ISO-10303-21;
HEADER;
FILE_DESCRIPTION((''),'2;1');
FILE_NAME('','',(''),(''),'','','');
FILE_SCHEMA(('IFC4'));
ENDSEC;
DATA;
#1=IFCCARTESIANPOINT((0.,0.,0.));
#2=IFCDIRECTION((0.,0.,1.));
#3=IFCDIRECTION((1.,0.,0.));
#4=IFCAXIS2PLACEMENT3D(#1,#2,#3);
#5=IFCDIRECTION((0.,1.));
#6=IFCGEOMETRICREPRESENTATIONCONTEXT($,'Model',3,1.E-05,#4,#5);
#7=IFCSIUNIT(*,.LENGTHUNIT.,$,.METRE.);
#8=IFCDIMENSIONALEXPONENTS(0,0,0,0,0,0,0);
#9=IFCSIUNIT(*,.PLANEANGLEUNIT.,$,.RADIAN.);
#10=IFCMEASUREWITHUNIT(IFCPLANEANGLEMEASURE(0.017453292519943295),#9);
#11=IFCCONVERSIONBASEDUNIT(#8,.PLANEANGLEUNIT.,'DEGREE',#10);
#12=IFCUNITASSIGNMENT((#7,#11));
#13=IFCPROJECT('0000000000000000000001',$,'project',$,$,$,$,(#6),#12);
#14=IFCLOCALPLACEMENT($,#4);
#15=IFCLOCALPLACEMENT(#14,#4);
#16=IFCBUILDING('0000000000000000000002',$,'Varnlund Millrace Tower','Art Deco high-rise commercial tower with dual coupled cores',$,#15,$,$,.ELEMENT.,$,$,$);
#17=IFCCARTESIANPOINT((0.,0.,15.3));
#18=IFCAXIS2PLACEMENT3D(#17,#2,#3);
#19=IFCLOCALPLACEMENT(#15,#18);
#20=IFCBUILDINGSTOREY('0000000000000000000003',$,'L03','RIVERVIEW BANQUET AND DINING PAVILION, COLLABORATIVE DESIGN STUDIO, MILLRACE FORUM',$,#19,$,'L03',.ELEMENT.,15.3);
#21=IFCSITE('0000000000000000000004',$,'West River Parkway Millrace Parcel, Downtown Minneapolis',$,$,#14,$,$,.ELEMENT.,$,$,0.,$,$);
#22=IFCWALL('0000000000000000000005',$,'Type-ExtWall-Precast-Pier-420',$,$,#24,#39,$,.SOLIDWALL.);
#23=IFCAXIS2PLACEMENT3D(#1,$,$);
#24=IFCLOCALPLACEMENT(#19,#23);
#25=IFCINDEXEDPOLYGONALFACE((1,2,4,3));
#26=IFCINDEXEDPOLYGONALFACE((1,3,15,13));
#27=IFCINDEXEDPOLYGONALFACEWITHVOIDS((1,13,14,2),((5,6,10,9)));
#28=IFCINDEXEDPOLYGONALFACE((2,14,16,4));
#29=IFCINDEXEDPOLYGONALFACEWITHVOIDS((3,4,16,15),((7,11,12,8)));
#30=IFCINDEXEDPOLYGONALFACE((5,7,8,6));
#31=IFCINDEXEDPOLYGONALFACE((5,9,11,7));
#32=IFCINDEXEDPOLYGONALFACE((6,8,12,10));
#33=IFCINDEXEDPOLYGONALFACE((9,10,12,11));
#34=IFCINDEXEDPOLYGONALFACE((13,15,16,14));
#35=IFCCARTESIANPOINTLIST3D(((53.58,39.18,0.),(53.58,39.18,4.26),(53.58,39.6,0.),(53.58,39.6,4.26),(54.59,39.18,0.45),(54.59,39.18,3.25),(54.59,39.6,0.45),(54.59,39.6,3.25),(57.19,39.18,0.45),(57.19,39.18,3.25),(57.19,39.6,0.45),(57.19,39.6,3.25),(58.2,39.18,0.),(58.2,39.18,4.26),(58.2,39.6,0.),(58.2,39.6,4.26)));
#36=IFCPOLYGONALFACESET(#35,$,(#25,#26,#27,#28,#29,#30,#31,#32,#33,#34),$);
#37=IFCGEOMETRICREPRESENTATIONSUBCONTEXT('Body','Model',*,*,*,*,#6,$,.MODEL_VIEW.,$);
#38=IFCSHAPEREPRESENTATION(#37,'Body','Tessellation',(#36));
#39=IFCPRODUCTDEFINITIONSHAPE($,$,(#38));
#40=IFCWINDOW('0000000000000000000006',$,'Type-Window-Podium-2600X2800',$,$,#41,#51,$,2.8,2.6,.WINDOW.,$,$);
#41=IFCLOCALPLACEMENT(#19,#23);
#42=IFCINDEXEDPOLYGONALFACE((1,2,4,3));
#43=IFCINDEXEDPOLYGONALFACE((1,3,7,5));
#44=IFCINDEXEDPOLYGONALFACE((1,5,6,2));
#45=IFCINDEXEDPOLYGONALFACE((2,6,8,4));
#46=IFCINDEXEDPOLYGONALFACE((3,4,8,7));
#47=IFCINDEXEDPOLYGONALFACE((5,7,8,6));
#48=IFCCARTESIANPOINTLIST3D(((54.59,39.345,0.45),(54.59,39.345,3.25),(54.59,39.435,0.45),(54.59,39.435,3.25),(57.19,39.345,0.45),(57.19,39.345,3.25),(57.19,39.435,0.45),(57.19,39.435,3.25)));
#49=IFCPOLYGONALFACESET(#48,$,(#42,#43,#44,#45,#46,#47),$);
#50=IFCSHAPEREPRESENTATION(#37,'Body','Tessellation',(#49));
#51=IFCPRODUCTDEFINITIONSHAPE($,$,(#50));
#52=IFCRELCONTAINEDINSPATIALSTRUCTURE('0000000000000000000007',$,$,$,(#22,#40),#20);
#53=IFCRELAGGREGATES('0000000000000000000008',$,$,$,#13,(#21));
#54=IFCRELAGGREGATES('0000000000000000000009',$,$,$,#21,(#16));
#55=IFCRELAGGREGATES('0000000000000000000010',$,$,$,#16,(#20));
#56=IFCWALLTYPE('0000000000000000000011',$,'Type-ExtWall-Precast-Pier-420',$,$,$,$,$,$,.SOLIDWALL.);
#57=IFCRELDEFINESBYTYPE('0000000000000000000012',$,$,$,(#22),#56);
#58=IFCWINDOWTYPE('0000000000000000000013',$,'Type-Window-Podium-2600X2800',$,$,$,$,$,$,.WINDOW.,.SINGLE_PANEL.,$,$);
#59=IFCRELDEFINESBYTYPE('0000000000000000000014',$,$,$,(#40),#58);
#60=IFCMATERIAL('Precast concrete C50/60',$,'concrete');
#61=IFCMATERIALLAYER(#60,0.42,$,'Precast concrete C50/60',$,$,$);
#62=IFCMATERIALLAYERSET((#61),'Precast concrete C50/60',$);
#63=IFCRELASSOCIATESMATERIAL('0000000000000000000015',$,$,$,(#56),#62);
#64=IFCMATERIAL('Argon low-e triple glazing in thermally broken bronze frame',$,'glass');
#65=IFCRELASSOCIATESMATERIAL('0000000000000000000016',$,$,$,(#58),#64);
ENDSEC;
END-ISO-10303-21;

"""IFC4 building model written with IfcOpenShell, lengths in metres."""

from ifc_helpers import new_model, entity, si_unit, converted_unit, direction, frame, origin_with_axes, origin_2d_with_axis, place, context, subcontext, project, spatial, polyline, rectangle, outline, extrude, material, layer, layer_set, type_object, element, fill, save


model = new_model("IFC4")

# Units and contexts
model_context = context("Model", 3, precision=1e-05, world=origin_with_axes(), true_north=direction((0.0, 1.0)))
body_context = subcontext(model_context, "Body", "Model", "MODEL_VIEW")
ifc_project = project(units=[si_unit("LENGTHUNIT", "METRE"), converted_unit("PLANEANGLEUNIT", "DEGREE", entity("IfcPlaneAngleMeasure", 0.017453292519943295), si_unit("PLANEANGLEUNIT", "RADIAN"), dimensions=[0, 0, 0, 0, 0, 0, 0])], contexts=[model_context])

# Site, building, storey
site_placement = place(None, origin_with_axes())
site = spatial("IfcSite", under=ifc_project, at=site_placement, Name="West River Parkway Millrace Parcel, Downtown Minneapolis", CompositionType="ELEMENT", RefElevation=0.0)
building_placement = place(site_placement, origin_with_axes())
building = spatial("IfcBuilding", under=site, at=building_placement, Name="Varnlund Millrace Tower", Description="Art Deco high-rise commercial tower with dual coupled cores", CompositionType="ELEMENT")
storey_placement = place(building_placement, frame((0.0, 0.0, 15.3), z_axis=(0.0, 0.0, 1.0), x_axis=(1.0, 0.0, 0.0)))
storey = spatial("IfcBuildingStorey", under=building, at=storey_placement, Name="L03", Description="RIVERVIEW BANQUET AND DINING PAVILION, COLLABORATIVE DESIGN STUDIO, MILLRACE FORUM", LongName="L03", CompositionType="ELEMENT", Elevation=15.3)

# Shared definitions
ifc_material_1 = material(Name="Precast concrete C50/60", Category="concrete")
ifc_layer_1 = layer(ifc_material_1, 0.42, Name="Precast concrete C50/60")
ifc_layer_set_1 = layer_set([ifc_layer_1], Name="Precast concrete C50/60")
wall_type = type_object("IfcWallType", Name="Type-ExtWall-Precast-Pier-420", PredefinedType="SOLIDWALL", material=ifc_layer_set_1)

# Wall, opening, window
wall_1_placement = place(storey_placement, frame((53.58, 39.39, 0.0), z_axis=(0.0, 0.0, 1.0), x_axis=(1.0, 0.0, 0.0)))
wall_1 = element("IfcWall", 1, at=wall_1_placement, inside=storey, type_object=wall_type, Name="Type-ExtWall-Precast-Pier-420", PredefinedType="SOLIDWALL", context=body_context, shape_type="SweptSolid", body=[
    extrude(outline(polyline([(0.0, -0.21), (4.62, -0.21), (4.62, 0.21), (0.0, 0.21), (0.0, -0.21)])), origin_with_axes(), (0.0, 0.0, 1.0), 4.26),
])
opening_placement = place(wall_1_placement, frame((2.31, 0.0, 0.45), z_axis=(0.0, 0.0, 1.0), x_axis=(1.0, 0.0, 0.0)))
opening = element("IfcOpeningElement", 2, at=opening_placement, cuts=wall_1, PredefinedType="OPENING", context=body_context, shape_type="SweptSolid", body=[
    extrude(rectangle(XDim=2.6, YDim=0.44, at=origin_2d_with_axis()), origin_with_axes(), (0.0, 0.0, 1.0), 2.8),
])
ifc_material_2 = material(Name="Argon low-e triple glazing in thermally broken bronze frame", Category="glass")
window_type = type_object("IfcWindowType", Name="Type-Window-Podium-2600X2800", PartitioningType="SINGLE_PANEL", PredefinedType="WINDOW", material=ifc_material_2)
window_placement = place(wall_1_placement, frame((2.31, 0.0, 0.45), z_axis=(0.0, 0.0, 1.0), x_axis=(1.0, 0.0, 0.0)))
window = element("IfcWindow", 3, at=window_placement, inside=storey, type_object=window_type, Name="Type-Window-Podium-2600X2800", OverallHeight=2.8, OverallWidth=2.6, PredefinedType="WINDOW", context=body_context, shape_type="SweptSolid", body=[
    extrude(rectangle(XDim=2.6, YDim=0.09, at=origin_2d_with_axis()), origin_with_axes(), (0.0, 0.0, 1.0), 2.8),
])
fill(opening, window)

save(model, "model.ifc")
